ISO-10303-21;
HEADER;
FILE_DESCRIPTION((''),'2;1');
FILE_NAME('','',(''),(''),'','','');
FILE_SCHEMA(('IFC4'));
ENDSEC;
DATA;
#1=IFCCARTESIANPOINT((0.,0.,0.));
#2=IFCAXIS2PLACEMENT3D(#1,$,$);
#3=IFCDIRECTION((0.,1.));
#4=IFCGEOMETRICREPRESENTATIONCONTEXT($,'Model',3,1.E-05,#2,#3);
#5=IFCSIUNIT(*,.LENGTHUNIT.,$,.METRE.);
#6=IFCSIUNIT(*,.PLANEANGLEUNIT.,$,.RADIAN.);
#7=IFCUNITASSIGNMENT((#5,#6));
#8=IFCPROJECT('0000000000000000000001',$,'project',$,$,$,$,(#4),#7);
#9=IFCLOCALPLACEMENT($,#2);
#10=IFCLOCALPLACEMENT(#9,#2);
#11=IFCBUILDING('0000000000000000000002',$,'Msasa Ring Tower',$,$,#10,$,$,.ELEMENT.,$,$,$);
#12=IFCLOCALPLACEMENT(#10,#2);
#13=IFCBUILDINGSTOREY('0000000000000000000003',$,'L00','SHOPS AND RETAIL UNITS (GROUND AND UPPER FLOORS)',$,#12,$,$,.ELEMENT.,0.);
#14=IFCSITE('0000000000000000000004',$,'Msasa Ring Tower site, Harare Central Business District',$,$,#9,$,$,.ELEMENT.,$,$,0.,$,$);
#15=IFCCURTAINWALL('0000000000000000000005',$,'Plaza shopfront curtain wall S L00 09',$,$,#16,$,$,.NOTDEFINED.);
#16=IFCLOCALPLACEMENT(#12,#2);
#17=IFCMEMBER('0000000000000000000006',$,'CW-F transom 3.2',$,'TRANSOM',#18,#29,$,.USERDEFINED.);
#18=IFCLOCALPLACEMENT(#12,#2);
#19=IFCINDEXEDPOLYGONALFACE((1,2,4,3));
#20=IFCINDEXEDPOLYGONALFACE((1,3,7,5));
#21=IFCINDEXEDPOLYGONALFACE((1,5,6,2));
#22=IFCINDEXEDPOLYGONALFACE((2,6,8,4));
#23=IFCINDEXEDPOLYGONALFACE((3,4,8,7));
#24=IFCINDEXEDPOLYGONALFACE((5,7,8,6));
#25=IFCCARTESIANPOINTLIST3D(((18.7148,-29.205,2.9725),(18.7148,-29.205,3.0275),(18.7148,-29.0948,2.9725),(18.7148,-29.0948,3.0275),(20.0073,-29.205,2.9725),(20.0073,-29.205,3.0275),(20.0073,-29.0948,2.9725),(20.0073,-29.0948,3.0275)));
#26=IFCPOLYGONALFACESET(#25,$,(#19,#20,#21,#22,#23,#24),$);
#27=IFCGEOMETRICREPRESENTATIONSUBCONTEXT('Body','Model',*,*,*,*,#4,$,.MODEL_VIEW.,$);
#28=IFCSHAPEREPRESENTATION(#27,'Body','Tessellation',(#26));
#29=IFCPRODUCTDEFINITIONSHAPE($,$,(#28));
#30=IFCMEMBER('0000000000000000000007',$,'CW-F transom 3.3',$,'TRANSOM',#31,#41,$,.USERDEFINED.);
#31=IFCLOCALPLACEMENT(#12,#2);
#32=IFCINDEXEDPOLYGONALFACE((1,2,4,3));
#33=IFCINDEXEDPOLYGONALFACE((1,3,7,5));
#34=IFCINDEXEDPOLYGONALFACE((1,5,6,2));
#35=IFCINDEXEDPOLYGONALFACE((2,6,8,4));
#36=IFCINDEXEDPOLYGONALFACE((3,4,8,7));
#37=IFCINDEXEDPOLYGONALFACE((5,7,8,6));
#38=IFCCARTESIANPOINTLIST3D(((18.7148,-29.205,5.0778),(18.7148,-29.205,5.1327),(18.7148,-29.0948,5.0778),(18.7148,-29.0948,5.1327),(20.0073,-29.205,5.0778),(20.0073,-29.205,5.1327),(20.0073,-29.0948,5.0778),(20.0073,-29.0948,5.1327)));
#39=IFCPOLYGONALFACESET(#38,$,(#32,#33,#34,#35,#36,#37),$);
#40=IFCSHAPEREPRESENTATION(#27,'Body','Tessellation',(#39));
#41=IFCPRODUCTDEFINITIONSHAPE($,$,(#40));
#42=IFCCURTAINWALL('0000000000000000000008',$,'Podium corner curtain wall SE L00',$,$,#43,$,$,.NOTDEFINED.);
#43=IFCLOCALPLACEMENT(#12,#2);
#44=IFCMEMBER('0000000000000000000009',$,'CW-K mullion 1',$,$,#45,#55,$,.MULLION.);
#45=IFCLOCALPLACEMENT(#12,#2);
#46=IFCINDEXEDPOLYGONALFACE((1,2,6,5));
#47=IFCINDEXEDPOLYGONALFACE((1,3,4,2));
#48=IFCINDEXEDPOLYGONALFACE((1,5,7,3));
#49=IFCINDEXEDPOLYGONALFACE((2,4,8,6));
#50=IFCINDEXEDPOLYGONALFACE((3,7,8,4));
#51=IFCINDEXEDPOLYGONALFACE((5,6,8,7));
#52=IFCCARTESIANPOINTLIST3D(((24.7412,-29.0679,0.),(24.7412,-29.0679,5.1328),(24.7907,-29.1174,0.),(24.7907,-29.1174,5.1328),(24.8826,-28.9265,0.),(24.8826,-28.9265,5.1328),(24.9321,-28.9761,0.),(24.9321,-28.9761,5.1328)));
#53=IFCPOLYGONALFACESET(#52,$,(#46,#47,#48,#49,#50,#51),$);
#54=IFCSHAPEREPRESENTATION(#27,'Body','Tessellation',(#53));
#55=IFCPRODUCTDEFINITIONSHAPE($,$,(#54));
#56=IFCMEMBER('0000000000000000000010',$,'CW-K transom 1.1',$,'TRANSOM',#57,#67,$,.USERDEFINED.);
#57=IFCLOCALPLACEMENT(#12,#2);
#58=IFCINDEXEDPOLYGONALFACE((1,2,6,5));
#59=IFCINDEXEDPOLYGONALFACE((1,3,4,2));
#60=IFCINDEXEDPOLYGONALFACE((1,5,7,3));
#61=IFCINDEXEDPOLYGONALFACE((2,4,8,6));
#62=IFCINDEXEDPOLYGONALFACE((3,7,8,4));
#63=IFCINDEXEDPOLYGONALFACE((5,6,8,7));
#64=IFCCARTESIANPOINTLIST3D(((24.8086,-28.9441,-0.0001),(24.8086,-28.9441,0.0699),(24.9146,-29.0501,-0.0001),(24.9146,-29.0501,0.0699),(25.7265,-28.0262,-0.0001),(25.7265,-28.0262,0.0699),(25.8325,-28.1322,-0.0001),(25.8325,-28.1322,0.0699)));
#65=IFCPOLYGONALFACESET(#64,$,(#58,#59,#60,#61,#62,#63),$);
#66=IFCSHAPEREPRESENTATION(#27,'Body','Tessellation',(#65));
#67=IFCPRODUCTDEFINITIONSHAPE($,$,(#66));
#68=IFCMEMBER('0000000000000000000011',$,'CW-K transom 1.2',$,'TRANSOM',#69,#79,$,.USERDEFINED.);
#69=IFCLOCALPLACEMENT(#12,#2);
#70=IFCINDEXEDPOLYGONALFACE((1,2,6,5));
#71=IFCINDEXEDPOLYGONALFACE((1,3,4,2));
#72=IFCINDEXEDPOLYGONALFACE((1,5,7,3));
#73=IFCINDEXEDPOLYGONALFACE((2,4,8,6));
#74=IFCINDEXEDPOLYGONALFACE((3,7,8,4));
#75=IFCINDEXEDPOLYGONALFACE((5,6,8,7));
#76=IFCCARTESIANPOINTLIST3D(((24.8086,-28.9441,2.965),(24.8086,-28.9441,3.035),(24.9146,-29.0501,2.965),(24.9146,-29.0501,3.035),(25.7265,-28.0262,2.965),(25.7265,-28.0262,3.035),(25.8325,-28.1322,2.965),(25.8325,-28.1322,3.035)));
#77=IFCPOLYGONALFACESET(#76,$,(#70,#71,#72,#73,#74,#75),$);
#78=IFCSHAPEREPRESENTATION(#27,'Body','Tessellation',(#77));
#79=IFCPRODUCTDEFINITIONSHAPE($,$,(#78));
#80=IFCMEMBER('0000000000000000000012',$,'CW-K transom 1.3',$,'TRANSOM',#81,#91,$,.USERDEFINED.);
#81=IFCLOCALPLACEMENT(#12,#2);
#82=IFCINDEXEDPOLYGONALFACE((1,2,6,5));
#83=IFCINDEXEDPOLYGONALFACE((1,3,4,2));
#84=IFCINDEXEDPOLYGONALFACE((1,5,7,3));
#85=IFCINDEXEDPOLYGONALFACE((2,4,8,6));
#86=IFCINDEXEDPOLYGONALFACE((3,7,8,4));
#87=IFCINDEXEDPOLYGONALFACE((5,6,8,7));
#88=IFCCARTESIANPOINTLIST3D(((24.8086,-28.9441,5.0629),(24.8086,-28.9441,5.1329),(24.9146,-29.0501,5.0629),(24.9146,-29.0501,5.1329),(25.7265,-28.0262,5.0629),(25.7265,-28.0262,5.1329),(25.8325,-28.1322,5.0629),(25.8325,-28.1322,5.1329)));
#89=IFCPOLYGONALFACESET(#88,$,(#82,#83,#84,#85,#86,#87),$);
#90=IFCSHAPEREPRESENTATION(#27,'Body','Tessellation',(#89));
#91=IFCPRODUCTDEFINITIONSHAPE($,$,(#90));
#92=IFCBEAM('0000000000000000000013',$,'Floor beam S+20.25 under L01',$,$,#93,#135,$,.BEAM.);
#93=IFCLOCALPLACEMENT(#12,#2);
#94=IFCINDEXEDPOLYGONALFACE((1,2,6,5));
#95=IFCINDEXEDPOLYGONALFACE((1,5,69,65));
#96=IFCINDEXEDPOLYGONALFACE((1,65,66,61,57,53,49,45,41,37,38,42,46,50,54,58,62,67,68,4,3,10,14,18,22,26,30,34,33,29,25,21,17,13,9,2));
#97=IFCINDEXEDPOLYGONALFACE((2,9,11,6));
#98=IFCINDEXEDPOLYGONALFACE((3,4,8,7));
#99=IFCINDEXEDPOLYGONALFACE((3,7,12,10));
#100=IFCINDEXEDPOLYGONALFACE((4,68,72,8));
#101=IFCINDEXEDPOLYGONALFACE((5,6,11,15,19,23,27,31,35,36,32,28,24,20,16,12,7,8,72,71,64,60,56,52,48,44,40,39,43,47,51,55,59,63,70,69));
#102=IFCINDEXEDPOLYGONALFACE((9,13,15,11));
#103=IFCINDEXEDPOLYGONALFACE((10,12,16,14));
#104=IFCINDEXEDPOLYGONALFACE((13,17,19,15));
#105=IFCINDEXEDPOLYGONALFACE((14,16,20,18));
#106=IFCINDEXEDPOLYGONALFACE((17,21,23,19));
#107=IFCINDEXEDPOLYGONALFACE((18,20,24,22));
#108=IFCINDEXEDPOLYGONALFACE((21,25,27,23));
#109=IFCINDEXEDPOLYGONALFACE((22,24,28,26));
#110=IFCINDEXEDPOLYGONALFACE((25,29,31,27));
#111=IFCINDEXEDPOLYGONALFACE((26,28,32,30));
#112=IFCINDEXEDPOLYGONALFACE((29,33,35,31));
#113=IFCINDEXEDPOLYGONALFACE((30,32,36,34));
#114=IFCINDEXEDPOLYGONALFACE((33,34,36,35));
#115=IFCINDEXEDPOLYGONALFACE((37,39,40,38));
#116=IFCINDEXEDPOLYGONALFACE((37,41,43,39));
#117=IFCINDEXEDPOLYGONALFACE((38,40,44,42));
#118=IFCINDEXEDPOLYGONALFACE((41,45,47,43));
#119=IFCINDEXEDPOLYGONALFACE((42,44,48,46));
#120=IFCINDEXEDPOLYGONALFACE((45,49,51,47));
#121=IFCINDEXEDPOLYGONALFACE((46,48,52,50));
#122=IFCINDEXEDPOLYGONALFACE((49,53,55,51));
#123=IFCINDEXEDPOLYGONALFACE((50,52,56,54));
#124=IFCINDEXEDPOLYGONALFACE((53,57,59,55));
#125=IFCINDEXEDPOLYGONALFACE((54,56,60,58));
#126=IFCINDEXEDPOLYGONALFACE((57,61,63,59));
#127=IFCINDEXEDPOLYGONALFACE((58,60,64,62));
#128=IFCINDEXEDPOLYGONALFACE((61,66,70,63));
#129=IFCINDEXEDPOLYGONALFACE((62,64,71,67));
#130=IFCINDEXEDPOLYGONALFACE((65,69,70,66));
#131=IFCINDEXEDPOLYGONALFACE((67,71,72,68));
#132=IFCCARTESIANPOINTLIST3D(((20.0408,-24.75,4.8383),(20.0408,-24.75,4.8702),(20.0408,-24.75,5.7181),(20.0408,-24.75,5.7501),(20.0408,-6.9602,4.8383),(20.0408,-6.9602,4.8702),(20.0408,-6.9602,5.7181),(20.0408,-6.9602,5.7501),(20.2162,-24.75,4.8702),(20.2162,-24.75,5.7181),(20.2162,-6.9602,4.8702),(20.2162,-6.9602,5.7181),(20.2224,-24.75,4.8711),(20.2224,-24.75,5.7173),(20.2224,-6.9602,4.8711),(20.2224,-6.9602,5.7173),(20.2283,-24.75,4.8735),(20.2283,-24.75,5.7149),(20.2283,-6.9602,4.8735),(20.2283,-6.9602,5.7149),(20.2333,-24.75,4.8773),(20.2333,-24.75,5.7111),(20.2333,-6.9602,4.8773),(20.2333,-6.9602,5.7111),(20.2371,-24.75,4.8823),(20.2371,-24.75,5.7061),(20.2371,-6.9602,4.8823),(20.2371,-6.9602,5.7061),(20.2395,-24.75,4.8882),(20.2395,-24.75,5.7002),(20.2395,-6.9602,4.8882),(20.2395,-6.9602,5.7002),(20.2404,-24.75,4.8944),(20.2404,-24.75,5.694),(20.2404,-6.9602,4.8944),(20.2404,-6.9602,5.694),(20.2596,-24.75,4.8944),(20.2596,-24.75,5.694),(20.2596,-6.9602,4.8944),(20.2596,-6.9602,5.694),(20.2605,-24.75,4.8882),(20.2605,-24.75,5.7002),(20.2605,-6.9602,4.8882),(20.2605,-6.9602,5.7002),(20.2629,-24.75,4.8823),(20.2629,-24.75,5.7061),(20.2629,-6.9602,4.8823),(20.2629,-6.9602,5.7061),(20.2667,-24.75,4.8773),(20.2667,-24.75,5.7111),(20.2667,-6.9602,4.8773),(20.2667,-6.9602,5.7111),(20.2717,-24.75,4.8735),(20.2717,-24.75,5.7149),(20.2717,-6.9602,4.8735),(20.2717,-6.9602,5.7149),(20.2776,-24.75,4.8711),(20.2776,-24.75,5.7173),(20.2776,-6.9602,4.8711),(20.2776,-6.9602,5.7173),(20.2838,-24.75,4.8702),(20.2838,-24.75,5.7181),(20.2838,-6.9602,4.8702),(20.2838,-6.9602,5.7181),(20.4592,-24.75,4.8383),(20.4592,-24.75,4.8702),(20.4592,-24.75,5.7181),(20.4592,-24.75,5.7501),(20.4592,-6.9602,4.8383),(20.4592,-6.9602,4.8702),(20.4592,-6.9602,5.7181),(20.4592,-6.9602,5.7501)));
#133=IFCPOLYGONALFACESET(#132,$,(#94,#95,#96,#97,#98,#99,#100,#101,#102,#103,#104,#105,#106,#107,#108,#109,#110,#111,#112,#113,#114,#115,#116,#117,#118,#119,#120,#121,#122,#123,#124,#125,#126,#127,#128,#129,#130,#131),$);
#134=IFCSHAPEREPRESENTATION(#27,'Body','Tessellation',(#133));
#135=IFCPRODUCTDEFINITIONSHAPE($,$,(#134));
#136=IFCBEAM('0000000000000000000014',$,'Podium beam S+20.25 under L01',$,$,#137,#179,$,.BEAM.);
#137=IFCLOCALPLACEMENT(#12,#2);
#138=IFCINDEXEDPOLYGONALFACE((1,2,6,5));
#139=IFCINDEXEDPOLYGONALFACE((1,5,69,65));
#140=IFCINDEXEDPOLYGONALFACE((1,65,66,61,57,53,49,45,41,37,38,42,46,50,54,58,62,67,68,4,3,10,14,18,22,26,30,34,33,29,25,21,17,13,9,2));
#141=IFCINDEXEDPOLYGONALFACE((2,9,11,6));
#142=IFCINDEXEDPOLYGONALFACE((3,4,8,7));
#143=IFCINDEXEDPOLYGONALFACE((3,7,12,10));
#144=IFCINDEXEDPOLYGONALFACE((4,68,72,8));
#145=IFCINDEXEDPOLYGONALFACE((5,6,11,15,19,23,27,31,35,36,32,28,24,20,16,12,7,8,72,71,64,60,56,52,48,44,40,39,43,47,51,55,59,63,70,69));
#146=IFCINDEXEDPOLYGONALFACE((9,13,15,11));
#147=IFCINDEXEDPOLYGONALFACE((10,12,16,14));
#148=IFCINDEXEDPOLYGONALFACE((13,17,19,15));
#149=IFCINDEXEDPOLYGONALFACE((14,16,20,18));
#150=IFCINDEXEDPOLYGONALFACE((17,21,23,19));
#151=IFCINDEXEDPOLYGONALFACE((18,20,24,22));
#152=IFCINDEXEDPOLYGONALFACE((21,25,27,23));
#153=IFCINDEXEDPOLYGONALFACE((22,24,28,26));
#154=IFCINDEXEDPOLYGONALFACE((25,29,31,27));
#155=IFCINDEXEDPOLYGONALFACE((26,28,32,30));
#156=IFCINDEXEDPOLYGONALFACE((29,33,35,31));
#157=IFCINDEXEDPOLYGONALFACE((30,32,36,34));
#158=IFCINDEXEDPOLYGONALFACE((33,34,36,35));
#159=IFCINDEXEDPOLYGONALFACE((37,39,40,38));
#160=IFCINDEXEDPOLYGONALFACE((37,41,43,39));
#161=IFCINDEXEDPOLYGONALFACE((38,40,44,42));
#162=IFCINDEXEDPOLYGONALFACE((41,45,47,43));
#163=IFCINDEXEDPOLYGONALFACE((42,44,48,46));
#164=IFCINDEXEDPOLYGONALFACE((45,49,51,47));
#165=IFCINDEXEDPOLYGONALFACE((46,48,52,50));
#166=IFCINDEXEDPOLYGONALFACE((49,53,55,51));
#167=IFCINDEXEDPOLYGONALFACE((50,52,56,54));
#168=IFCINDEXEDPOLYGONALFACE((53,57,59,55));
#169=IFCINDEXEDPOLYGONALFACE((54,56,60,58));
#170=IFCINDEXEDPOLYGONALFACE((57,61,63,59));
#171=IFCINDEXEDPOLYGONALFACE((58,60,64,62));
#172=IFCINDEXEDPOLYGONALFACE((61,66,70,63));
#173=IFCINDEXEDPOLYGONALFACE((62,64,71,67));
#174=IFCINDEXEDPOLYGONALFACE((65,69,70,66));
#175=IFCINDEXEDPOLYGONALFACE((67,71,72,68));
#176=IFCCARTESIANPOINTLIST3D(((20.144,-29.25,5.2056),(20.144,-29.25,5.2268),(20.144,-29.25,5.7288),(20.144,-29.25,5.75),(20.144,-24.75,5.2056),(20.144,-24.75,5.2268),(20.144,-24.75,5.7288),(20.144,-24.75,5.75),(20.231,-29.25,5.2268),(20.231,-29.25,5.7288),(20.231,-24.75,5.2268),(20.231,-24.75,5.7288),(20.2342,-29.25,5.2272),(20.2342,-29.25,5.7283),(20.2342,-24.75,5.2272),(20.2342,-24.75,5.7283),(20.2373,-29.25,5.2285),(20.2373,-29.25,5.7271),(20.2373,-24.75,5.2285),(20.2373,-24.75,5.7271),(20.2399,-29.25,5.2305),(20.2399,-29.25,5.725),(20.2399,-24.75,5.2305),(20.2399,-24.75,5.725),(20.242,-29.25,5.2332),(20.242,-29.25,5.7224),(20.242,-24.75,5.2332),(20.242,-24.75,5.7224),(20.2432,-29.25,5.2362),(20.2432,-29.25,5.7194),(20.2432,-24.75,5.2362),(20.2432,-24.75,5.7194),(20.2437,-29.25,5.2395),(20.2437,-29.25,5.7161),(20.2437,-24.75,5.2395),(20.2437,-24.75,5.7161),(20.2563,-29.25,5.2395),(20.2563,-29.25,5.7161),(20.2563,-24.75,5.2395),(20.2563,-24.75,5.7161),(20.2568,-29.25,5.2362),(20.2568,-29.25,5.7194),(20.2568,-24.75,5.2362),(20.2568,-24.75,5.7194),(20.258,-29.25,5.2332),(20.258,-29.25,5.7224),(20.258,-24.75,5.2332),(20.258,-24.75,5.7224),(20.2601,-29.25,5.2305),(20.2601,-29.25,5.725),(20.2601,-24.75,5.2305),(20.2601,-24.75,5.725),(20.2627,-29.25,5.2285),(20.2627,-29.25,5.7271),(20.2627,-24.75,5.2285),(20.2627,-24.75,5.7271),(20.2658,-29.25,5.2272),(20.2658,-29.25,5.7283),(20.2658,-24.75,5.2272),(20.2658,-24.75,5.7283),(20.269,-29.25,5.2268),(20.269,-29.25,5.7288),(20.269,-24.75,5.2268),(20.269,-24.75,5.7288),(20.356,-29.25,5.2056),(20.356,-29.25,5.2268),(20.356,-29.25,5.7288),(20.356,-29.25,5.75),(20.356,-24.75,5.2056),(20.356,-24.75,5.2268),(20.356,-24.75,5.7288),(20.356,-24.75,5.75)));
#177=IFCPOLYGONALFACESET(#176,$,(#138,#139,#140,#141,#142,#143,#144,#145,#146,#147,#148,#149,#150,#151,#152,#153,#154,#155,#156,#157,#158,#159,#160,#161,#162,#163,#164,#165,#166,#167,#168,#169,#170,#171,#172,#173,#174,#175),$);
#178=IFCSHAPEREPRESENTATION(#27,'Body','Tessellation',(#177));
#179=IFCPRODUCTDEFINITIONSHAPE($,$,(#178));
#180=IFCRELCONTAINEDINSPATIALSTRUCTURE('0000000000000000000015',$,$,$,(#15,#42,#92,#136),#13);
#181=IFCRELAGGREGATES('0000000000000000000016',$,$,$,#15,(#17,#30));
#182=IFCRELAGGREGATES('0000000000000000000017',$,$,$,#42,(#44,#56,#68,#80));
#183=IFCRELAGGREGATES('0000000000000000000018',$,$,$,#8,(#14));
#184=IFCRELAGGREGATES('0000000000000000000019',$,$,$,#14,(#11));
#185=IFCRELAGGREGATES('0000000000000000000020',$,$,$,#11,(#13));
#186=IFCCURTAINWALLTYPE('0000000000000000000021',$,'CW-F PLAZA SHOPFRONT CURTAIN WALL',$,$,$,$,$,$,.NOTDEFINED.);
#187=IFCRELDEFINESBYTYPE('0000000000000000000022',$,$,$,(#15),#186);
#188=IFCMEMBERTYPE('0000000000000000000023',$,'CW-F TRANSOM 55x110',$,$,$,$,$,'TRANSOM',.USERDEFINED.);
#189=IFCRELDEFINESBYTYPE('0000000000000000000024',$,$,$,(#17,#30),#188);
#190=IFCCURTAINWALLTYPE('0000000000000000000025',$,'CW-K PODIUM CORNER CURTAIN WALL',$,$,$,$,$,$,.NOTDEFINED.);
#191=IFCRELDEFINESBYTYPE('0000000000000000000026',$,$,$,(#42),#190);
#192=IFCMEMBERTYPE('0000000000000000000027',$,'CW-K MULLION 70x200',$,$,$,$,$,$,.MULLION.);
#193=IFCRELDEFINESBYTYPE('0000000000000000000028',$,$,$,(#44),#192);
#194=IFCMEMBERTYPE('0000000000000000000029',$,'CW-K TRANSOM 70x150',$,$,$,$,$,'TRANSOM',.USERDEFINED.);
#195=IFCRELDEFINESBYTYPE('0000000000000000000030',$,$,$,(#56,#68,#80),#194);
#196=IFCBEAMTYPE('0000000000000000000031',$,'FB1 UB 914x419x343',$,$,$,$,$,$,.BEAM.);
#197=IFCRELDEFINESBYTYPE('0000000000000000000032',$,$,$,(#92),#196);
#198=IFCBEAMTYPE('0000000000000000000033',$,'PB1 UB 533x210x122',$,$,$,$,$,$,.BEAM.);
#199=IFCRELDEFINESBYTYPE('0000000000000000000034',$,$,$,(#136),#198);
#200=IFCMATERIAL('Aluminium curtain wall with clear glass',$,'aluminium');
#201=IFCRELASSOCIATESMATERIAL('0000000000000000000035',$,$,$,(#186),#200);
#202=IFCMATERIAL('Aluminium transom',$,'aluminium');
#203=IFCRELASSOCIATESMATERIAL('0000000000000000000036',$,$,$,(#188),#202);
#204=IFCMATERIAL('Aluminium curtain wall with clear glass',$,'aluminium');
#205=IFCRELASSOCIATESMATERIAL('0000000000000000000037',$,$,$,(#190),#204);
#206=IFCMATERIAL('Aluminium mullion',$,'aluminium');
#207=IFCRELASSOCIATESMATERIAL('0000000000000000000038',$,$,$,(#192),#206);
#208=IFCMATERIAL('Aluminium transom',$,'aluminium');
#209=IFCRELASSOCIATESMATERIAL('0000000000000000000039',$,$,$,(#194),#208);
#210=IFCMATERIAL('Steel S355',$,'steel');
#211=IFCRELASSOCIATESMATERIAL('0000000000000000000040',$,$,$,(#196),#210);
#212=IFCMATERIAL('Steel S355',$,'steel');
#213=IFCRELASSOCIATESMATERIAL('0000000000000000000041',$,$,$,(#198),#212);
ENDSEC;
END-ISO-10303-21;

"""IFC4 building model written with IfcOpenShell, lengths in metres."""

from ifc_helpers import new_model, si_unit, direction, frame, origin, origin_2d, place, context, subcontext, project, spatial, rectangle, i_section, extrude, material, material_profile, profile_set, type_object, element, aggregate, save


model = new_model("IFC4")

# Units and contexts
model_context = context("Model", 3, precision=1e-05, world=origin(), true_north=direction((0.0, 1.0)))
body_context = subcontext(model_context, "Body", "Model", "MODEL_VIEW")
ifc_project = project(units=[si_unit("LENGTHUNIT", "METRE"), si_unit("PLANEANGLEUNIT", "RADIAN")], contexts=[model_context])

# Site, building, storey
site_placement = place(None, origin())
site = spatial("IfcSite", under=ifc_project, at=site_placement, Name="Msasa Ring Tower site, Harare Central Business District", CompositionType="ELEMENT", RefElevation=0.0)
building_placement = place(site_placement, origin())
building = spatial("IfcBuilding", under=site, at=building_placement, Name="Msasa Ring Tower", CompositionType="ELEMENT")
storey_placement = place(building_placement, origin())
storey = spatial("IfcBuildingStorey", under=building, at=storey_placement, Name="L00", Description="SHOPS AND RETAIL UNITS (GROUND AND UPPER FLOORS)", CompositionType="ELEMENT", Elevation=0.0)

# Curtain walls, members
ifc_material_1 = material(Name="Aluminium curtain wall with clear glass", Category="aluminium")
curtain_wall_type_1 = type_object("IfcCurtainWallType", Name="CW-F PLAZA SHOPFRONT CURTAIN WALL", PredefinedType="NOTDEFINED", material=ifc_material_1)
curtain_wall_1_placement = place(storey_placement, origin())
curtain_wall_1 = element("IfcCurtainWall", 1, at=curtain_wall_1_placement, inside=storey, type_object=curtain_wall_type_1, Name="Plaza shopfront curtain wall S L00 09", PredefinedType="NOTDEFINED")
ifc_material_2 = material(Name="Aluminium transom", Category="aluminium")
ifc_material_profile_1 = material_profile(ifc_material_2, rectangle(XDim=0.1101, YDim=0.0549, at=origin_2d()), Name="AL 55x110")
ifc_profile_set_1 = profile_set([ifc_material_profile_1], Name="Aluminium transom")
member_type_1 = type_object("IfcMemberType", Name="CW-F TRANSOM 55x110", ElementType="TRANSOM", PredefinedType="USERDEFINED", material=ifc_profile_set_1)
member_1_placement = place(storey_placement, frame((18.7148, -29.1499, 3.0), z_axis=(1.0, 0.0, 0.0), x_axis=(0.0, 1.0, 0.0)))
member_1 = element("IfcMember", 2, at=member_1_placement, type_object=member_type_1, Name="CW-F transom 3.2", ObjectType="TRANSOM", PredefinedType="USERDEFINED", context=body_context, shape_type="SweptSolid", body=[
    extrude(rectangle(XDim=0.1101, YDim=0.0549, at=origin_2d()), origin(), (0.0, 0.0, 1.0), 1.2925),
])
member_2_placement = place(storey_placement, frame((18.7148, -29.1499, 5.1052), z_axis=(1.0, 0.0, 0.0), x_axis=(0.0, 1.0, 0.0)))
member_2 = element("IfcMember", 3, at=member_2_placement, type_object=member_type_1, Name="CW-F transom 3.3", ObjectType="TRANSOM", PredefinedType="USERDEFINED", context=body_context, shape_type="SweptSolid", body=[
    extrude(rectangle(XDim=0.1101, YDim=0.0549, at=origin_2d()), origin(), (0.0, 0.0, 1.0), 1.2925),
])
ifc_material_3 = material(Name="Aluminium curtain wall with clear glass", Category="aluminium")
curtain_wall_type_2 = type_object("IfcCurtainWallType", Name="CW-K PODIUM CORNER CURTAIN WALL", PredefinedType="NOTDEFINED", material=ifc_material_3)
curtain_wall_2_placement = place(storey_placement, origin())
curtain_wall_2 = element("IfcCurtainWall", 4, at=curtain_wall_2_placement, inside=storey, type_object=curtain_wall_type_2, Name="Podium corner curtain wall SE L00", PredefinedType="NOTDEFINED")
ifc_material_4 = material(Name="Aluminium mullion", Category="aluminium")
ifc_material_profile_2 = material_profile(ifc_material_4, rectangle(XDim=0.0701, YDim=0.2, at=origin_2d()), Name="AL 70x200")
ifc_profile_set_2 = profile_set([ifc_material_profile_2], Name="Aluminium mullion")
member_type_2 = type_object("IfcMemberType", Name="CW-K MULLION 70x200", PredefinedType="MULLION", material=ifc_profile_set_2)
member_3_placement = place(storey_placement, frame((24.8367, -29.022, 0.0), z_axis=(0.0, 0.0, 1.0), x_axis=(-0.707107, 0.707107, 0.0)))
member_3 = element("IfcMember", 5, at=member_3_placement, type_object=member_type_2, Name="CW-K mullion 1", PredefinedType="MULLION", context=body_context, shape_type="SweptSolid", body=[
    extrude(rectangle(XDim=0.0701, YDim=0.2, at=origin_2d()), origin(), (0.0, 0.0, 1.0), 5.1328),
])
ifc_material_5 = material(Name="Aluminium transom", Category="aluminium")
ifc_material_profile_3 = material_profile(ifc_material_5, rectangle(XDim=0.1499, YDim=0.0701, at=origin_2d()), Name="AL 70x150")
ifc_profile_set_3 = profile_set([ifc_material_profile_3], Name="Aluminium transom")
member_type_3 = type_object("IfcMemberType", Name="CW-K TRANSOM 70x150", ElementType="TRANSOM", PredefinedType="USERDEFINED", material=ifc_profile_set_3)
member_4_placement = place(storey_placement, frame((24.8616, -28.9971, 0.0349), z_axis=(0.707107, 0.707107, 0.0), x_axis=(-0.707107, 0.707107, 0.0)))
member_4 = element("IfcMember", 6, at=member_4_placement, type_object=member_type_3, Name="CW-K transom 1.1", ObjectType="TRANSOM", PredefinedType="USERDEFINED", context=body_context, shape_type="SweptSolid", body=[
    extrude(rectangle(XDim=0.1499, YDim=0.0701, at=origin_2d()), origin(), (0.0, 0.0, 1.0), 1.2981),
])
member_5_placement = place(storey_placement, frame((24.8616, -28.9971, 3.0), z_axis=(0.707107, 0.707107, 0.0), x_axis=(-0.707107, 0.707107, 0.0)))
member_5 = element("IfcMember", 7, at=member_5_placement, type_object=member_type_3, Name="CW-K transom 1.2", ObjectType="TRANSOM", PredefinedType="USERDEFINED", context=body_context, shape_type="SweptSolid", body=[
    extrude(rectangle(XDim=0.1499, YDim=0.0701, at=origin_2d()), origin(), (0.0, 0.0, 1.0), 1.2981),
])
member_6_placement = place(storey_placement, frame((24.8616, -28.9971, 5.0979), z_axis=(0.707107, 0.707107, 0.0), x_axis=(-0.707107, 0.707107, 0.0)))
member_6 = element("IfcMember", 8, at=member_6_placement, type_object=member_type_3, Name="CW-K transom 1.3", ObjectType="TRANSOM", PredefinedType="USERDEFINED", context=body_context, shape_type="SweptSolid", body=[
    extrude(rectangle(XDim=0.1499, YDim=0.0701, at=origin_2d()), origin(), (0.0, 0.0, 1.0), 1.2981),
])

# Beams
ifc_material_6 = material(Name="Steel S355", Category="steel")
ifc_material_profile_4 = material_profile(ifc_material_6, i_section(OverallWidth=0.4185, OverallDepth=0.9119, WebThickness=0.0193, FlangeThickness=0.032, FilletRadius=0.0242, at=origin_2d()), Name="UB 914x419x343")
ifc_profile_set_4 = profile_set([ifc_material_profile_4], Name="Steel S355")
beam_type_1 = type_object("IfcBeamType", Name="FB1 UB 914x419x343", PredefinedType="BEAM", material=ifc_profile_set_4)
beam_1_placement = place(storey_placement, frame((20.25, -24.75, 5.2942), z_axis=(0.0, 1.0, 0.0), x_axis=(-1.0, 0.0, 0.0)))
element("IfcBeam", 9, at=beam_1_placement, inside=storey, type_object=beam_type_1, Name="Floor beam S+20.25 under L01", PredefinedType="BEAM", context=body_context, shape_type="SweptSolid", body=[
    extrude(i_section(OverallWidth=0.4185, OverallDepth=0.9119, WebThickness=0.0193, FlangeThickness=0.032, FilletRadius=0.0242, at=origin_2d()), origin(), (0.0, 0.0, 1.0), 17.7898),
])
ifc_material_7 = material(Name="Steel S355", Category="steel")
ifc_material_profile_5 = material_profile(ifc_material_7, i_section(OverallWidth=0.2119, OverallDepth=0.5444, WebThickness=0.0127, FlangeThickness=0.0212, FilletRadius=0.0127, at=origin_2d()), Name="UB 533x210x122")
ifc_profile_set_5 = profile_set([ifc_material_profile_5], Name="Steel S355")
beam_type_2 = type_object("IfcBeamType", Name="PB1 UB 533x210x122", PredefinedType="BEAM", material=ifc_profile_set_5)
beam_2_placement = place(storey_placement, frame((20.25, -29.25, 5.4778), z_axis=(0.0, 1.0, 0.0), x_axis=(-1.0, 0.0, 0.0)))
element("IfcBeam", 10, at=beam_2_placement, inside=storey, type_object=beam_type_2, Name="Podium beam S+20.25 under L01", PredefinedType="BEAM", context=body_context, shape_type="SweptSolid", body=[
    extrude(i_section(OverallWidth=0.2119, OverallDepth=0.5444, WebThickness=0.0127, FlangeThickness=0.0212, FilletRadius=0.0127, at=origin_2d()), origin(), (0.0, 0.0, 1.0), 4.5),
])

aggregate(curtain_wall_1, [member_1, member_2])
aggregate(curtain_wall_2, [member_3, member_4, member_5, member_6])

save(model, "model.ifc")
